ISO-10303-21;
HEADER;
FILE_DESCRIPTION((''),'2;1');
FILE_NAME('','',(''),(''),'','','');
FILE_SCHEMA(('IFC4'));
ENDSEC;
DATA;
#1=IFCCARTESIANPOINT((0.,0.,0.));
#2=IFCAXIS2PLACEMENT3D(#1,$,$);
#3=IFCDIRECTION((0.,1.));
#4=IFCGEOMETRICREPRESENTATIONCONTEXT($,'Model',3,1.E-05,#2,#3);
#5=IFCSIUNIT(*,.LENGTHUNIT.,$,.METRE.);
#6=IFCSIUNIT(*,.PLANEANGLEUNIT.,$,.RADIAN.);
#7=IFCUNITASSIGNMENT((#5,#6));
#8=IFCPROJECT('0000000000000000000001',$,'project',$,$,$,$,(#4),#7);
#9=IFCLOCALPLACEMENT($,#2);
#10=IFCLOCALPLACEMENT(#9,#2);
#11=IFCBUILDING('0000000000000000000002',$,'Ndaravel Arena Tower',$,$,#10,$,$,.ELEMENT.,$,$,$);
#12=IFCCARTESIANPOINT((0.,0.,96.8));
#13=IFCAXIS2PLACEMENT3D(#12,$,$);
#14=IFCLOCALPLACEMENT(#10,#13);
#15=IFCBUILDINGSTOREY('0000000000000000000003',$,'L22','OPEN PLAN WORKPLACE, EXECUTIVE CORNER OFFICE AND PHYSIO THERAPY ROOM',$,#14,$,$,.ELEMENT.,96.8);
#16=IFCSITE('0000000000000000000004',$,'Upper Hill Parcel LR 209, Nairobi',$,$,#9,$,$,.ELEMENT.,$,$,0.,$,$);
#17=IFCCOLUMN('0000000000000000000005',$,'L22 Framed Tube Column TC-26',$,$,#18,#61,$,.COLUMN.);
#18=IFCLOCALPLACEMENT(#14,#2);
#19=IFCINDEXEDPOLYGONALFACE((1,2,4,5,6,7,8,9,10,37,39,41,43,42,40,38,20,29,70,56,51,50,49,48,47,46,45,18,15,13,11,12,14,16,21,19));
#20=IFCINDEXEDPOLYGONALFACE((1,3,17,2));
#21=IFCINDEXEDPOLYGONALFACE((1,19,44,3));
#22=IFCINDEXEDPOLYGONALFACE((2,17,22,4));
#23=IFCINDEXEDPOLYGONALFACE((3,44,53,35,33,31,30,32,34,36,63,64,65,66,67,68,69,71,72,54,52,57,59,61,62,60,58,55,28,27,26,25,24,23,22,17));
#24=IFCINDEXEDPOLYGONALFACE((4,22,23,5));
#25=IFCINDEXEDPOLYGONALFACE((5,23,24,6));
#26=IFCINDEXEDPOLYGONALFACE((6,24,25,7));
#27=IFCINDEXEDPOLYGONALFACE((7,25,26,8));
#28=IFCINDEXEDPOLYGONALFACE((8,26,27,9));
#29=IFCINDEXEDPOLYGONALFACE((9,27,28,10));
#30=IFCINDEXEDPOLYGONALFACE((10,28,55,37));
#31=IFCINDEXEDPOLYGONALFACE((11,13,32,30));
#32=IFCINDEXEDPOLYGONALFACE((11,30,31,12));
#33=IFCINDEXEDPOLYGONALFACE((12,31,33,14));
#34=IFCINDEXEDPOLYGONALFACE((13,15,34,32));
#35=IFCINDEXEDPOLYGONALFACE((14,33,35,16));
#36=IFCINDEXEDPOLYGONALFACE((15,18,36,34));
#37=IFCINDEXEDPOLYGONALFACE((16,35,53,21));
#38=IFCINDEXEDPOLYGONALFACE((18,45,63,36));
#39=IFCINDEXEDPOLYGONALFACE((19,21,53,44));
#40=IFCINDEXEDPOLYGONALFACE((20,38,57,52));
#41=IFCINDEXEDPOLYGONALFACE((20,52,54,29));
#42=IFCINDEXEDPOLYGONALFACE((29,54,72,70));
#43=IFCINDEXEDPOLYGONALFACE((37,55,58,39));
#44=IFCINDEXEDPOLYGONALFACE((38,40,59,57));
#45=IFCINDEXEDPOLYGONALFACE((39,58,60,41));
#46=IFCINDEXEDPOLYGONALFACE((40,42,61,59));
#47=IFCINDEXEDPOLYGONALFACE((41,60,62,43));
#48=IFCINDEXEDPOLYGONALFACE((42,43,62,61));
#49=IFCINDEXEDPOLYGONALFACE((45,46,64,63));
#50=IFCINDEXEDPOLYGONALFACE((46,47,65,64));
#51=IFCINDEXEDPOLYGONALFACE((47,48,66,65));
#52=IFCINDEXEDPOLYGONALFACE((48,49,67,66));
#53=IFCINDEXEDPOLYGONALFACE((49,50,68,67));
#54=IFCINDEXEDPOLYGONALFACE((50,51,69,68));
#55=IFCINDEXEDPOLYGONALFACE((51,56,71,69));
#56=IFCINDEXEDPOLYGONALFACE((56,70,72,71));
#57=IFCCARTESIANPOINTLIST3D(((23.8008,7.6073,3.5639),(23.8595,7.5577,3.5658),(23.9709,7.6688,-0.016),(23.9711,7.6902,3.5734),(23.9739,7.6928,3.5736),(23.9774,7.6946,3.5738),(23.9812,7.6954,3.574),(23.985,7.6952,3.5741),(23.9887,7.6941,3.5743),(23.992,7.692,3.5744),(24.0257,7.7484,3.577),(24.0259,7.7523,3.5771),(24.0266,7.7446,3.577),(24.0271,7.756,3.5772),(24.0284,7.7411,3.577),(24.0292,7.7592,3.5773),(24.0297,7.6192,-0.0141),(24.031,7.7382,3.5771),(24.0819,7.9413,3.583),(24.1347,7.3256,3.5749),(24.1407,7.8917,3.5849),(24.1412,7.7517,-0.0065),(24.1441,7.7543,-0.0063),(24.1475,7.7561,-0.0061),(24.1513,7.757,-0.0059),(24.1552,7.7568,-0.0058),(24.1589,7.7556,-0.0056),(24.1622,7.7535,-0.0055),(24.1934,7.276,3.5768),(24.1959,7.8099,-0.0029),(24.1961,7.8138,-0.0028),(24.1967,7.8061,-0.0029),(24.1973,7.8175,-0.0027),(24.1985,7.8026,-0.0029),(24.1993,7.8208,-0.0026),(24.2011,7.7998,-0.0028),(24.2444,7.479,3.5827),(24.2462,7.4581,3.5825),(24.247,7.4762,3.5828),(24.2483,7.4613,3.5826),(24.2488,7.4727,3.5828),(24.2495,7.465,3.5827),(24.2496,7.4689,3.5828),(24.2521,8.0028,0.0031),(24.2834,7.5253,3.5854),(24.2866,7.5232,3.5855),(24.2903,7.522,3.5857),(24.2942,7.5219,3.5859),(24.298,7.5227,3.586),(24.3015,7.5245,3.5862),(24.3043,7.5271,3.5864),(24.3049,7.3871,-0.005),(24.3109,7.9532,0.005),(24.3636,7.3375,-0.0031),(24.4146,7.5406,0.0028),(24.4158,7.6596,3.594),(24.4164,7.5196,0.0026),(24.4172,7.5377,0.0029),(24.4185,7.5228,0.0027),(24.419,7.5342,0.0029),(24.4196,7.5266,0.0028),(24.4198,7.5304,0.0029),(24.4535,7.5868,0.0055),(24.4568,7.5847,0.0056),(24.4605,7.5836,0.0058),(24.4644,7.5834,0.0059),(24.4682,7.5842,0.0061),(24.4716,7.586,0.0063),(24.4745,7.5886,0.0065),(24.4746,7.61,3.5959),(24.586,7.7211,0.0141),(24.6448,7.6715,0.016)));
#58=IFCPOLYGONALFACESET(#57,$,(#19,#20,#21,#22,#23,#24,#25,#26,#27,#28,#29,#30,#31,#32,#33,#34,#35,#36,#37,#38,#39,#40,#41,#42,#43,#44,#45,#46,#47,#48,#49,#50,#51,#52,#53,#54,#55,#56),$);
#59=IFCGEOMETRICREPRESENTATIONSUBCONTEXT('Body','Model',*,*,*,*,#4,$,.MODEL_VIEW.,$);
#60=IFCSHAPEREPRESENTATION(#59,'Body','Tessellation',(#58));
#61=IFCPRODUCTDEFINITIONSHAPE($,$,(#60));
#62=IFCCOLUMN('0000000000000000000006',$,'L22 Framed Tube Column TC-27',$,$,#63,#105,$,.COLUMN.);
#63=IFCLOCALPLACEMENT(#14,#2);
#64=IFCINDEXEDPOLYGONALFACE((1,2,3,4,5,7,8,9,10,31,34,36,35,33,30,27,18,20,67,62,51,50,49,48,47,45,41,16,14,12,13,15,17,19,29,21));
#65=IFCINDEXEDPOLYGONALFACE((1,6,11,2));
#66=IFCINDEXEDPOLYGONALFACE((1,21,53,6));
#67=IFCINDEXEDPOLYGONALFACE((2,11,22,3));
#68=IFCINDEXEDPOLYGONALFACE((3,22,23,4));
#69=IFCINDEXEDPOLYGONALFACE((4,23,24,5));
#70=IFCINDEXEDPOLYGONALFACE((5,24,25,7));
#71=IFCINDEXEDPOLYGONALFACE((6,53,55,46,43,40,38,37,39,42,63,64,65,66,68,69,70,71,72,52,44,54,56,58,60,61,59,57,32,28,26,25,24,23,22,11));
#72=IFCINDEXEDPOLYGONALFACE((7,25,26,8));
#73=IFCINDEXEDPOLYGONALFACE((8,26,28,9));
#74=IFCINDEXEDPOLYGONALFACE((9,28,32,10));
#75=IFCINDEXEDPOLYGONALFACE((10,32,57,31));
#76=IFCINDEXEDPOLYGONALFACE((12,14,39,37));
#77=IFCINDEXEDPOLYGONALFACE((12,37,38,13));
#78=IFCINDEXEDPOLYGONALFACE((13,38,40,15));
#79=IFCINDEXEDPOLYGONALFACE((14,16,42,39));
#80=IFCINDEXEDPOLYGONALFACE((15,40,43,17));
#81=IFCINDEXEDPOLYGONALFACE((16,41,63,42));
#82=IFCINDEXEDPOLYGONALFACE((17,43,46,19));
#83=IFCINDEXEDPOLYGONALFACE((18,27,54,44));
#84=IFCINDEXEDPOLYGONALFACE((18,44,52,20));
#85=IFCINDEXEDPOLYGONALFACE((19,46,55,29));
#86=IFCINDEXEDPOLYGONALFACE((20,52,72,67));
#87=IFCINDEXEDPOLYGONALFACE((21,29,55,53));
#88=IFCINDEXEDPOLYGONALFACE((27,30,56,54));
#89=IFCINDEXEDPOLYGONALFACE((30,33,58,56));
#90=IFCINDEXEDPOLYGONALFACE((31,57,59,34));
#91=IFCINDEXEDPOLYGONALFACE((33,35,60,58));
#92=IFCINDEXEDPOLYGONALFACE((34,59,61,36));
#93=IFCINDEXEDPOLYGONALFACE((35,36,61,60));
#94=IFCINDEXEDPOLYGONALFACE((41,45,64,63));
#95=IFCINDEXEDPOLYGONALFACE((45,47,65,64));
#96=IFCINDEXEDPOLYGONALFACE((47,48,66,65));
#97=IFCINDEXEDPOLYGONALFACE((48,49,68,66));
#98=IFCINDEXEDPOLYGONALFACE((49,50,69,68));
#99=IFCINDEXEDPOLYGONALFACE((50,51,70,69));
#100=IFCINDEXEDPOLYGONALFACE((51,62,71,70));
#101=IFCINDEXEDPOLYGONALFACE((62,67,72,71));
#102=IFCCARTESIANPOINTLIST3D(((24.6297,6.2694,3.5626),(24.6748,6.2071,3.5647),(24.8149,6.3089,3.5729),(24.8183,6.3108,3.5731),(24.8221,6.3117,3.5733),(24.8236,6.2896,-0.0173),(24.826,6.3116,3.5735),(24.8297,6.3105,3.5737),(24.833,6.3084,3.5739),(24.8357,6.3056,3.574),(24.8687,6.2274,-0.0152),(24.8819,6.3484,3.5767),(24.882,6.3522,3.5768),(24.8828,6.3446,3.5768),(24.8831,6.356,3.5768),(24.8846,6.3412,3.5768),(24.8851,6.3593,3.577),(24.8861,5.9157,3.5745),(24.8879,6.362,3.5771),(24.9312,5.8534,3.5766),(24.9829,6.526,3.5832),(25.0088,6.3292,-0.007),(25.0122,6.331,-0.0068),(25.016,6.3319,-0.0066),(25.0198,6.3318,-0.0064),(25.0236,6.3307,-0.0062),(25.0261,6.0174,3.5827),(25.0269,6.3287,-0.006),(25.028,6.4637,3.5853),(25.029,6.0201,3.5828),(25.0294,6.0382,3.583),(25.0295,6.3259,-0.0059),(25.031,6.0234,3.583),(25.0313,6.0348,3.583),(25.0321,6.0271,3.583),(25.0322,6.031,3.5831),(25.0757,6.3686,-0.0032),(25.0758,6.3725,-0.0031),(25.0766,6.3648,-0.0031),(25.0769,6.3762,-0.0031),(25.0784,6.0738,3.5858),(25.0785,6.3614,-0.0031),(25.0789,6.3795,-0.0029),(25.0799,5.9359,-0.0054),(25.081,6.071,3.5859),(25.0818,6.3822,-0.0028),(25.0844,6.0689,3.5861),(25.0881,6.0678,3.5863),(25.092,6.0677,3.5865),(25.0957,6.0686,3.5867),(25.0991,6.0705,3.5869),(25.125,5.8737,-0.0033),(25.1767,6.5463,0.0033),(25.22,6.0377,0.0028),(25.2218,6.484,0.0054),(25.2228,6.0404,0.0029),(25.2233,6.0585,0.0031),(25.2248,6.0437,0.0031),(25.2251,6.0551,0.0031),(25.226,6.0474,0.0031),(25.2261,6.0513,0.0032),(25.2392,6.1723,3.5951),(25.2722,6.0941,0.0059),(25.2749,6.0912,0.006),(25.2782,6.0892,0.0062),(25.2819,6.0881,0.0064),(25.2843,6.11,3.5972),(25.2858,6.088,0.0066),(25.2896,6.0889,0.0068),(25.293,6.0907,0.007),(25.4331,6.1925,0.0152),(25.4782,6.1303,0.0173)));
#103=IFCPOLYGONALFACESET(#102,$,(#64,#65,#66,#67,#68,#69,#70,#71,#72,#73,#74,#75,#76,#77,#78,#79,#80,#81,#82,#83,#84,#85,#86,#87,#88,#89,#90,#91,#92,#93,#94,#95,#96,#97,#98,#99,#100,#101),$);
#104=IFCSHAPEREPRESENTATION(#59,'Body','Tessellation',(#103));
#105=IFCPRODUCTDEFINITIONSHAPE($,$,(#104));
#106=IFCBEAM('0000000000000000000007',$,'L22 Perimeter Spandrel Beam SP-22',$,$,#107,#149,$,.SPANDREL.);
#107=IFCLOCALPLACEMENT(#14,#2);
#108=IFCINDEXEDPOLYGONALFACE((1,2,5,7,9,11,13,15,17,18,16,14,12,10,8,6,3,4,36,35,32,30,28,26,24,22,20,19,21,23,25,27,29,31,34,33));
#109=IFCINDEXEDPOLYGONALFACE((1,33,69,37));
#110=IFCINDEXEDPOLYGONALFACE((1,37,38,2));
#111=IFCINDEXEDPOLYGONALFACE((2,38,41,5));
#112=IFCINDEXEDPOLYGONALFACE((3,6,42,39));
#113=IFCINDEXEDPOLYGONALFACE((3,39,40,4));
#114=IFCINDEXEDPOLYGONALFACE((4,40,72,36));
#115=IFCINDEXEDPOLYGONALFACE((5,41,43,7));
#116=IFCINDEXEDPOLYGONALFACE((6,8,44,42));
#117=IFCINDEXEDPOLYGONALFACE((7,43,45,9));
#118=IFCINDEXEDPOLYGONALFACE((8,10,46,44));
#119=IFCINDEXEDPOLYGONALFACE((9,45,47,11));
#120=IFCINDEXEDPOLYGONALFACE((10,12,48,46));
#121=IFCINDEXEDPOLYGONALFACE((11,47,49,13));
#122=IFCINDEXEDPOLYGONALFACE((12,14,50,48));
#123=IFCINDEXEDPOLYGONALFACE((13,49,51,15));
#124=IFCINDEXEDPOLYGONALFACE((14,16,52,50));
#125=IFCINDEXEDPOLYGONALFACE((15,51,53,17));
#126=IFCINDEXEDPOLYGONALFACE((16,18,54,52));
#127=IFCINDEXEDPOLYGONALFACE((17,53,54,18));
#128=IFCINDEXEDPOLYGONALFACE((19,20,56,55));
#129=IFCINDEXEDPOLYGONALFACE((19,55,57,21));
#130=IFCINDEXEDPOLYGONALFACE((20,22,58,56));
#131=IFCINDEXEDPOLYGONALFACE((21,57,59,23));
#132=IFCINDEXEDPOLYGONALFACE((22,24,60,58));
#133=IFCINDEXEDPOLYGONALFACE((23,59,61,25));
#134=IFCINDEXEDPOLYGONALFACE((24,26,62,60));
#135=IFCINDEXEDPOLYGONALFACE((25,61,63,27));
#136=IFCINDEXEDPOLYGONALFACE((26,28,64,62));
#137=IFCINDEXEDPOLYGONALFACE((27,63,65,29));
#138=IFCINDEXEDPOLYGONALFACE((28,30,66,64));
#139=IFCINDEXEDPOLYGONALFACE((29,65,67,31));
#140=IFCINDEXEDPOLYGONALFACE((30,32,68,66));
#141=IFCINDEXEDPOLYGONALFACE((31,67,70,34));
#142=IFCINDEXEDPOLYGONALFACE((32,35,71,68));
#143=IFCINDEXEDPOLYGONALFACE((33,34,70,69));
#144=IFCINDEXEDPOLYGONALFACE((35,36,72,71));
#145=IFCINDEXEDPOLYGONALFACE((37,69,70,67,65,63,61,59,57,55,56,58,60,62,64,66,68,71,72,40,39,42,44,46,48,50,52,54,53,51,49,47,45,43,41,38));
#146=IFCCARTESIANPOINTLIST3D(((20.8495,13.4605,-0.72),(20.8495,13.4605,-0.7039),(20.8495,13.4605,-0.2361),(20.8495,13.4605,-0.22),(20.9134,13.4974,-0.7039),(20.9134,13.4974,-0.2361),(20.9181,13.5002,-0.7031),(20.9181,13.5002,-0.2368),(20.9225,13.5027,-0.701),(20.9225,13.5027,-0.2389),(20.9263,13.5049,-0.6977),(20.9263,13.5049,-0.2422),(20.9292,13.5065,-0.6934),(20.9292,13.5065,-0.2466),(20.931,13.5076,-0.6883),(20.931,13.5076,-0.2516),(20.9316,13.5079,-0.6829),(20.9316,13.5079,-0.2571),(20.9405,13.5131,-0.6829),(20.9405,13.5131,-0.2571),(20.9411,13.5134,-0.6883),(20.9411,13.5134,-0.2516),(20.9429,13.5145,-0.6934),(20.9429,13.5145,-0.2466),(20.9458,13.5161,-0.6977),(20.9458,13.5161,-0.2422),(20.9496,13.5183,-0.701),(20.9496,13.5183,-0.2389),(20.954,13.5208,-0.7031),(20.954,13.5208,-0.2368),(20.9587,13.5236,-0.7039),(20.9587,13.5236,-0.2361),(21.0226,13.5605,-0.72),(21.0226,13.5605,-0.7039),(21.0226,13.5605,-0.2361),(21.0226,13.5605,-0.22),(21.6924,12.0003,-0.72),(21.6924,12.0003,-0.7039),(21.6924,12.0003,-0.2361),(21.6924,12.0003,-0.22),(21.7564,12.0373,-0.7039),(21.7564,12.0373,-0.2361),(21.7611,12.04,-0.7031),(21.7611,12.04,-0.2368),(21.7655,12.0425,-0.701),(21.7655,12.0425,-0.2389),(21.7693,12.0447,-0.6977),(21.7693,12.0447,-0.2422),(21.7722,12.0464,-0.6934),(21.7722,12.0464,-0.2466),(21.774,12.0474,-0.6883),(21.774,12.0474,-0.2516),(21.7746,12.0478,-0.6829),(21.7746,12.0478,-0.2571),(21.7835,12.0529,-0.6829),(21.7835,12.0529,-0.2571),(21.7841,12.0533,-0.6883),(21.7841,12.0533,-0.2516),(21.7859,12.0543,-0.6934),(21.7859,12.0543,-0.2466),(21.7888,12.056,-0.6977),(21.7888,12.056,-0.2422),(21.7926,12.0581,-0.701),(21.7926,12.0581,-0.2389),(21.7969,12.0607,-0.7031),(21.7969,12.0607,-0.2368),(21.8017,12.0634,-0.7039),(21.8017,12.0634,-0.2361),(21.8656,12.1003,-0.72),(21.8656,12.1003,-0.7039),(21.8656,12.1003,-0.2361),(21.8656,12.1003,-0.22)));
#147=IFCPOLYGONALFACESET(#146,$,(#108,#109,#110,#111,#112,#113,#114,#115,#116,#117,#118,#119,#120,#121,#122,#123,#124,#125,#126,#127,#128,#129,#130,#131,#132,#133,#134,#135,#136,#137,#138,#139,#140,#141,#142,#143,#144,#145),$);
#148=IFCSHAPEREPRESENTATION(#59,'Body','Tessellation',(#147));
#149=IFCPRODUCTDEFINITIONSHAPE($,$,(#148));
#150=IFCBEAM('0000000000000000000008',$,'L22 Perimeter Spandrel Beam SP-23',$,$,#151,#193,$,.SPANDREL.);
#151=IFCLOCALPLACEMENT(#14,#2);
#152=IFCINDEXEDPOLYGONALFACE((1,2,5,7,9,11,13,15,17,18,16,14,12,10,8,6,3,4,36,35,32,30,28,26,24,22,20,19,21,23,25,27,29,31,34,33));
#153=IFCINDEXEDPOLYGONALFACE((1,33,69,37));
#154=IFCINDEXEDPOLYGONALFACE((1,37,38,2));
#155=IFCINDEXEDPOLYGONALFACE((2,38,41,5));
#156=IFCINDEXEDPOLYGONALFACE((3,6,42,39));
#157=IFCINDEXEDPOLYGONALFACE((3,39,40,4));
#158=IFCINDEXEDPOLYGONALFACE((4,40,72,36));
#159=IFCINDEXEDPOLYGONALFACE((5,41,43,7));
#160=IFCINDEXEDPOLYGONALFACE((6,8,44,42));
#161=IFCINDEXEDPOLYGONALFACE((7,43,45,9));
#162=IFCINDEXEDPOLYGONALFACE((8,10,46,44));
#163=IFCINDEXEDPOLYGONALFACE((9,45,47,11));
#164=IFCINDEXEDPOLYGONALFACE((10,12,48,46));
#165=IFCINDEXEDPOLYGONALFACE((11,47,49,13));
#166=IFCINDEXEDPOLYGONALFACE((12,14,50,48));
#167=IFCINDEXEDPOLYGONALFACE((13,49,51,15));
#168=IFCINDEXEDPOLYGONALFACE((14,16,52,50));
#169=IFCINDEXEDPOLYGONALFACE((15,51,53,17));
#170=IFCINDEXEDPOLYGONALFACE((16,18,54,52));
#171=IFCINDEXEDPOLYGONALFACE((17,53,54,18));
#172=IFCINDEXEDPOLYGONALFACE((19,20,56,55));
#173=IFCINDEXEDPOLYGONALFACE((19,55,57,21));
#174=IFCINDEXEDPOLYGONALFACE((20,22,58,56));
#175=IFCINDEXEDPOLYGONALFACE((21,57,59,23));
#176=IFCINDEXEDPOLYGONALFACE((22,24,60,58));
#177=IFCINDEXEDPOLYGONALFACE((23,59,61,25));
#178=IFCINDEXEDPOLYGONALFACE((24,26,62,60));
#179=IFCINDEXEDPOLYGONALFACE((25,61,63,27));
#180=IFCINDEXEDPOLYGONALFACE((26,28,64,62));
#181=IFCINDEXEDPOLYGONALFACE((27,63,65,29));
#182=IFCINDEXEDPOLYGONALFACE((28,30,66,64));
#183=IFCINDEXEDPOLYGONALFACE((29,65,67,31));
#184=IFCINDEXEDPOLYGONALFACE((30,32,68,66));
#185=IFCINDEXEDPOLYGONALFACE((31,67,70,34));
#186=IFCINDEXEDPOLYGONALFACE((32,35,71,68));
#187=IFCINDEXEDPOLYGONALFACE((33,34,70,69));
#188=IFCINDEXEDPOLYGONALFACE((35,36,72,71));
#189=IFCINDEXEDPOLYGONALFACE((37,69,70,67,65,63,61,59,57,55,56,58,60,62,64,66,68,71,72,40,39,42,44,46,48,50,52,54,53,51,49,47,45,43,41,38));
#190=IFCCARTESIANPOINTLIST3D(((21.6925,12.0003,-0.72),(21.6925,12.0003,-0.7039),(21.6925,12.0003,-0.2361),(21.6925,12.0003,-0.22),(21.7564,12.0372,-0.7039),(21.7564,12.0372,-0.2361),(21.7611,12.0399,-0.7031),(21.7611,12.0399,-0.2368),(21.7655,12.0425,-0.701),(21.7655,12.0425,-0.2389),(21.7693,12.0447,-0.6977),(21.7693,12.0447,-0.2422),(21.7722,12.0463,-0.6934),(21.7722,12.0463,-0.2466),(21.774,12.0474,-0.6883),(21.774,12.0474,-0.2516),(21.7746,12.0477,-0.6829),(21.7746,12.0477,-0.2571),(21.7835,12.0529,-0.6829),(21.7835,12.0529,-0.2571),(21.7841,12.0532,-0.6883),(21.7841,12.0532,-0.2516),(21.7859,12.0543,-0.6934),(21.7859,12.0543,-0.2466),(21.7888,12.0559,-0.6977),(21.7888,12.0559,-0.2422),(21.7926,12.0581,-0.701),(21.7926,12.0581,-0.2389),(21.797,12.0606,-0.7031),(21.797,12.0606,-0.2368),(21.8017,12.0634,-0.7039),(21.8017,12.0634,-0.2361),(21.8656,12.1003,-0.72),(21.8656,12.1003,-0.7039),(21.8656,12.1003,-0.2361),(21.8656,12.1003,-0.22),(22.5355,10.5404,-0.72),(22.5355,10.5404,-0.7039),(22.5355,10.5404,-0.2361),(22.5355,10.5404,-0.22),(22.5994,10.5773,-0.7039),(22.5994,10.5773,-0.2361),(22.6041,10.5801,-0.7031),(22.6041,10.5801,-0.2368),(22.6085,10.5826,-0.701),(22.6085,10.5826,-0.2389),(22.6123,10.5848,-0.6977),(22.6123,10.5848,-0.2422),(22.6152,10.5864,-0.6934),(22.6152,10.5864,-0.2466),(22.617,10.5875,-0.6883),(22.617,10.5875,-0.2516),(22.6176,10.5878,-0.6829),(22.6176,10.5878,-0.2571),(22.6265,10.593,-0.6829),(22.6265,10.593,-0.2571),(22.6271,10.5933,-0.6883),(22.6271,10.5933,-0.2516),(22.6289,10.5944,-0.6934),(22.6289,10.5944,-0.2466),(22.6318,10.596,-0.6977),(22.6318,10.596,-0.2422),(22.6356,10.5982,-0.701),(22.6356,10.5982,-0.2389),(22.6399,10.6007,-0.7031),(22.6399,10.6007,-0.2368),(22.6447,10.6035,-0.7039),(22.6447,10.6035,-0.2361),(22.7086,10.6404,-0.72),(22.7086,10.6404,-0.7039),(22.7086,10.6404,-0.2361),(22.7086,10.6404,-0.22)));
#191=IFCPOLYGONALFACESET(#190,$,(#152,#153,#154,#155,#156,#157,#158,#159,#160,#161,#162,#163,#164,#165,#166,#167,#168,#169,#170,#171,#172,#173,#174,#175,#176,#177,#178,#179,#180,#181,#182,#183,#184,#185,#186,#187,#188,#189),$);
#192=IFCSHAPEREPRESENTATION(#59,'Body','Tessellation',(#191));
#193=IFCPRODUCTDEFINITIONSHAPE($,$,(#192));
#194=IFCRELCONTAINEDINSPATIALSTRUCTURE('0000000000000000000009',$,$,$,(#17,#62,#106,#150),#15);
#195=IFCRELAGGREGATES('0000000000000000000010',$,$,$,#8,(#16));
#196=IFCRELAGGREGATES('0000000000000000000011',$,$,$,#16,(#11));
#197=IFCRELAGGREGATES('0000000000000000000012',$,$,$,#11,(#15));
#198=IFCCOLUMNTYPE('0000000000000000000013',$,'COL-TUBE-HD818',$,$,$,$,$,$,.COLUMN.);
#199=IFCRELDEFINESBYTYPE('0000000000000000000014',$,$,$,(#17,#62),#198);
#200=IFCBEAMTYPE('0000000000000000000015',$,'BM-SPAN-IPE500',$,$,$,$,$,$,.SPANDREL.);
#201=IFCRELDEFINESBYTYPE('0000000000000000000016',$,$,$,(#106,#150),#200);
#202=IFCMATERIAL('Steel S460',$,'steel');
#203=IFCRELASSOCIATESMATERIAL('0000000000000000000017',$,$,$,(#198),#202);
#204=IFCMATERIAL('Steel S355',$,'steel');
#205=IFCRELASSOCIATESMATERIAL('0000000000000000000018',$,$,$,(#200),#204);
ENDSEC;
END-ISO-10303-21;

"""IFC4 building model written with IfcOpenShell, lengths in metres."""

from ifc_helpers import new_model, si_unit, direction, frame, origin, origin_2d, place, context, subcontext, project, spatial, i_section, extrude, material, material_profile, profile_set, type_object, element, save


model = new_model("IFC4")

# Units and contexts
model_context = context("Model", 3, precision=1e-05, world=origin(), true_north=direction((0.0, 1.0)))
body_context = subcontext(model_context, "Body", "Model", "MODEL_VIEW")
ifc_project = project(units=[si_unit("LENGTHUNIT", "METRE"), si_unit("PLANEANGLEUNIT", "RADIAN")], contexts=[model_context])

# Site, building, storey
site_placement = place(None, origin())
site = spatial("IfcSite", under=ifc_project, at=site_placement, Name="Upper Hill Parcel LR 209, Nairobi", CompositionType="ELEMENT", RefElevation=0.0)
building_placement = place(site_placement, origin())
building = spatial("IfcBuilding", under=site, at=building_placement, Name="Ndaravel Arena Tower", CompositionType="ELEMENT")
storey_placement = place(building_placement, frame((0.0, 0.0, 96.8)))
storey = spatial("IfcBuildingStorey", under=building, at=storey_placement, Name="L22", Description="OPEN PLAN WORKPLACE, EXECUTIVE CORNER OFFICE AND PHYSIO THERAPY ROOM", CompositionType="ELEMENT", Elevation=96.8)

# Columns
ifc_material_1 = material(Name="Steel S460", Category="steel")
ifc_material_profile_1 = material_profile(ifc_material_1, i_section(OverallWidth=0.437, OverallDepth=0.5139, WebThickness=0.0605, FlangeThickness=0.0769, FilletRadius=0.0149, at=origin_2d()), Name="HD 400x818")
ifc_profile_set_1 = profile_set([ifc_material_profile_1], Name="Steel S460")
column_type = type_object("IfcColumnType", Name="COL-TUBE-HD818", PredefinedType="COLUMN", material=ifc_profile_set_1)
column_1_placement = place(storey_placement, frame((24.3079, 7.6702, 0.0), z_axis=(-0.047474, -0.017164, 0.998725), x_axis=(0.643386, 0.764292, 0.043718)))
element("IfcColumn", 1, at=column_1_placement, inside=storey, type_object=column_type, Name="L22 Framed Tube Column TC-26", PredefinedType="COLUMN", context=body_context, shape_type="SweptSolid", body=[
    extrude(i_section(OverallWidth=0.437, OverallDepth=0.5139, WebThickness=0.0605, FlangeThickness=0.0769, FilletRadius=0.0149, at=origin_2d()), origin(), (0.0, 0.0, 1.0), 3.5845),
])
column_2_placement = place(storey_placement, frame((25.1509, 6.21, 0.0), z_axis=(-0.05407, -0.005652, 0.998521), x_axis=(0.808075, 0.587196, 0.047081)))
element("IfcColumn", 2, at=column_2_placement, inside=storey, type_object=column_type, Name="L22 Framed Tube Column TC-27", PredefinedType="COLUMN", context=body_context, shape_type="SweptSolid", body=[
    extrude(i_section(OverallWidth=0.437, OverallDepth=0.5139, WebThickness=0.0605, FlangeThickness=0.0769, FilletRadius=0.0149, at=origin_2d()), origin(), (0.0, 0.0, 1.0), 3.5852),
])

# Beams
ifc_material_2 = material(Name="Steel S355", Category="steel")
ifc_material_profile_2 = material_profile(ifc_material_2, i_section(OverallWidth=0.2, OverallDepth=0.5, WebThickness=0.0103, FlangeThickness=0.0161, FilletRadius=0.021, at=origin_2d()), Name="IPE 500")
ifc_profile_set_2 = profile_set([ifc_material_profile_2], Name="Steel S355")
beam_type = type_object("IfcBeamType", Name="BM-SPAN-IPE500", PredefinedType="SPANDREL", material=ifc_profile_set_2)
beam_1_placement = place(storey_placement, frame((20.936, 13.5105, -0.47), z_axis=(0.499986, -0.866034, 0.0), x_axis=(0.866034, 0.499986, 0.0)))
element("IfcBeam", 3, at=beam_1_placement, inside=storey, type_object=beam_type, Name="L22 Perimeter Spandrel Beam SP-22", PredefinedType="SPANDREL", context=body_context, shape_type="SweptSolid", body=[
    extrude(i_section(OverallWidth=0.2, OverallDepth=0.5, WebThickness=0.0103, FlangeThickness=0.0161, FilletRadius=0.021, at=origin_2d()), origin(), (0.0, 0.0, 1.0), 1.686),
])
beam_2_placement = place(storey_placement, frame((21.7791, 12.0503, -0.47), z_axis=(0.500048, -0.865997, 0.0), x_axis=(0.865997, 0.500048, 0.0)))
element("IfcBeam", 4, at=beam_2_placement, inside=storey, type_object=beam_type, Name="L22 Perimeter Spandrel Beam SP-23", PredefinedType="SPANDREL", context=body_context, shape_type="SweptSolid", body=[
    extrude(i_section(OverallWidth=0.2, OverallDepth=0.5, WebThickness=0.0103, FlangeThickness=0.0161, FilletRadius=0.021, at=origin_2d()), origin(), (0.0, 0.0, 1.0), 1.6858),
])

save(model, "model.ifc")
